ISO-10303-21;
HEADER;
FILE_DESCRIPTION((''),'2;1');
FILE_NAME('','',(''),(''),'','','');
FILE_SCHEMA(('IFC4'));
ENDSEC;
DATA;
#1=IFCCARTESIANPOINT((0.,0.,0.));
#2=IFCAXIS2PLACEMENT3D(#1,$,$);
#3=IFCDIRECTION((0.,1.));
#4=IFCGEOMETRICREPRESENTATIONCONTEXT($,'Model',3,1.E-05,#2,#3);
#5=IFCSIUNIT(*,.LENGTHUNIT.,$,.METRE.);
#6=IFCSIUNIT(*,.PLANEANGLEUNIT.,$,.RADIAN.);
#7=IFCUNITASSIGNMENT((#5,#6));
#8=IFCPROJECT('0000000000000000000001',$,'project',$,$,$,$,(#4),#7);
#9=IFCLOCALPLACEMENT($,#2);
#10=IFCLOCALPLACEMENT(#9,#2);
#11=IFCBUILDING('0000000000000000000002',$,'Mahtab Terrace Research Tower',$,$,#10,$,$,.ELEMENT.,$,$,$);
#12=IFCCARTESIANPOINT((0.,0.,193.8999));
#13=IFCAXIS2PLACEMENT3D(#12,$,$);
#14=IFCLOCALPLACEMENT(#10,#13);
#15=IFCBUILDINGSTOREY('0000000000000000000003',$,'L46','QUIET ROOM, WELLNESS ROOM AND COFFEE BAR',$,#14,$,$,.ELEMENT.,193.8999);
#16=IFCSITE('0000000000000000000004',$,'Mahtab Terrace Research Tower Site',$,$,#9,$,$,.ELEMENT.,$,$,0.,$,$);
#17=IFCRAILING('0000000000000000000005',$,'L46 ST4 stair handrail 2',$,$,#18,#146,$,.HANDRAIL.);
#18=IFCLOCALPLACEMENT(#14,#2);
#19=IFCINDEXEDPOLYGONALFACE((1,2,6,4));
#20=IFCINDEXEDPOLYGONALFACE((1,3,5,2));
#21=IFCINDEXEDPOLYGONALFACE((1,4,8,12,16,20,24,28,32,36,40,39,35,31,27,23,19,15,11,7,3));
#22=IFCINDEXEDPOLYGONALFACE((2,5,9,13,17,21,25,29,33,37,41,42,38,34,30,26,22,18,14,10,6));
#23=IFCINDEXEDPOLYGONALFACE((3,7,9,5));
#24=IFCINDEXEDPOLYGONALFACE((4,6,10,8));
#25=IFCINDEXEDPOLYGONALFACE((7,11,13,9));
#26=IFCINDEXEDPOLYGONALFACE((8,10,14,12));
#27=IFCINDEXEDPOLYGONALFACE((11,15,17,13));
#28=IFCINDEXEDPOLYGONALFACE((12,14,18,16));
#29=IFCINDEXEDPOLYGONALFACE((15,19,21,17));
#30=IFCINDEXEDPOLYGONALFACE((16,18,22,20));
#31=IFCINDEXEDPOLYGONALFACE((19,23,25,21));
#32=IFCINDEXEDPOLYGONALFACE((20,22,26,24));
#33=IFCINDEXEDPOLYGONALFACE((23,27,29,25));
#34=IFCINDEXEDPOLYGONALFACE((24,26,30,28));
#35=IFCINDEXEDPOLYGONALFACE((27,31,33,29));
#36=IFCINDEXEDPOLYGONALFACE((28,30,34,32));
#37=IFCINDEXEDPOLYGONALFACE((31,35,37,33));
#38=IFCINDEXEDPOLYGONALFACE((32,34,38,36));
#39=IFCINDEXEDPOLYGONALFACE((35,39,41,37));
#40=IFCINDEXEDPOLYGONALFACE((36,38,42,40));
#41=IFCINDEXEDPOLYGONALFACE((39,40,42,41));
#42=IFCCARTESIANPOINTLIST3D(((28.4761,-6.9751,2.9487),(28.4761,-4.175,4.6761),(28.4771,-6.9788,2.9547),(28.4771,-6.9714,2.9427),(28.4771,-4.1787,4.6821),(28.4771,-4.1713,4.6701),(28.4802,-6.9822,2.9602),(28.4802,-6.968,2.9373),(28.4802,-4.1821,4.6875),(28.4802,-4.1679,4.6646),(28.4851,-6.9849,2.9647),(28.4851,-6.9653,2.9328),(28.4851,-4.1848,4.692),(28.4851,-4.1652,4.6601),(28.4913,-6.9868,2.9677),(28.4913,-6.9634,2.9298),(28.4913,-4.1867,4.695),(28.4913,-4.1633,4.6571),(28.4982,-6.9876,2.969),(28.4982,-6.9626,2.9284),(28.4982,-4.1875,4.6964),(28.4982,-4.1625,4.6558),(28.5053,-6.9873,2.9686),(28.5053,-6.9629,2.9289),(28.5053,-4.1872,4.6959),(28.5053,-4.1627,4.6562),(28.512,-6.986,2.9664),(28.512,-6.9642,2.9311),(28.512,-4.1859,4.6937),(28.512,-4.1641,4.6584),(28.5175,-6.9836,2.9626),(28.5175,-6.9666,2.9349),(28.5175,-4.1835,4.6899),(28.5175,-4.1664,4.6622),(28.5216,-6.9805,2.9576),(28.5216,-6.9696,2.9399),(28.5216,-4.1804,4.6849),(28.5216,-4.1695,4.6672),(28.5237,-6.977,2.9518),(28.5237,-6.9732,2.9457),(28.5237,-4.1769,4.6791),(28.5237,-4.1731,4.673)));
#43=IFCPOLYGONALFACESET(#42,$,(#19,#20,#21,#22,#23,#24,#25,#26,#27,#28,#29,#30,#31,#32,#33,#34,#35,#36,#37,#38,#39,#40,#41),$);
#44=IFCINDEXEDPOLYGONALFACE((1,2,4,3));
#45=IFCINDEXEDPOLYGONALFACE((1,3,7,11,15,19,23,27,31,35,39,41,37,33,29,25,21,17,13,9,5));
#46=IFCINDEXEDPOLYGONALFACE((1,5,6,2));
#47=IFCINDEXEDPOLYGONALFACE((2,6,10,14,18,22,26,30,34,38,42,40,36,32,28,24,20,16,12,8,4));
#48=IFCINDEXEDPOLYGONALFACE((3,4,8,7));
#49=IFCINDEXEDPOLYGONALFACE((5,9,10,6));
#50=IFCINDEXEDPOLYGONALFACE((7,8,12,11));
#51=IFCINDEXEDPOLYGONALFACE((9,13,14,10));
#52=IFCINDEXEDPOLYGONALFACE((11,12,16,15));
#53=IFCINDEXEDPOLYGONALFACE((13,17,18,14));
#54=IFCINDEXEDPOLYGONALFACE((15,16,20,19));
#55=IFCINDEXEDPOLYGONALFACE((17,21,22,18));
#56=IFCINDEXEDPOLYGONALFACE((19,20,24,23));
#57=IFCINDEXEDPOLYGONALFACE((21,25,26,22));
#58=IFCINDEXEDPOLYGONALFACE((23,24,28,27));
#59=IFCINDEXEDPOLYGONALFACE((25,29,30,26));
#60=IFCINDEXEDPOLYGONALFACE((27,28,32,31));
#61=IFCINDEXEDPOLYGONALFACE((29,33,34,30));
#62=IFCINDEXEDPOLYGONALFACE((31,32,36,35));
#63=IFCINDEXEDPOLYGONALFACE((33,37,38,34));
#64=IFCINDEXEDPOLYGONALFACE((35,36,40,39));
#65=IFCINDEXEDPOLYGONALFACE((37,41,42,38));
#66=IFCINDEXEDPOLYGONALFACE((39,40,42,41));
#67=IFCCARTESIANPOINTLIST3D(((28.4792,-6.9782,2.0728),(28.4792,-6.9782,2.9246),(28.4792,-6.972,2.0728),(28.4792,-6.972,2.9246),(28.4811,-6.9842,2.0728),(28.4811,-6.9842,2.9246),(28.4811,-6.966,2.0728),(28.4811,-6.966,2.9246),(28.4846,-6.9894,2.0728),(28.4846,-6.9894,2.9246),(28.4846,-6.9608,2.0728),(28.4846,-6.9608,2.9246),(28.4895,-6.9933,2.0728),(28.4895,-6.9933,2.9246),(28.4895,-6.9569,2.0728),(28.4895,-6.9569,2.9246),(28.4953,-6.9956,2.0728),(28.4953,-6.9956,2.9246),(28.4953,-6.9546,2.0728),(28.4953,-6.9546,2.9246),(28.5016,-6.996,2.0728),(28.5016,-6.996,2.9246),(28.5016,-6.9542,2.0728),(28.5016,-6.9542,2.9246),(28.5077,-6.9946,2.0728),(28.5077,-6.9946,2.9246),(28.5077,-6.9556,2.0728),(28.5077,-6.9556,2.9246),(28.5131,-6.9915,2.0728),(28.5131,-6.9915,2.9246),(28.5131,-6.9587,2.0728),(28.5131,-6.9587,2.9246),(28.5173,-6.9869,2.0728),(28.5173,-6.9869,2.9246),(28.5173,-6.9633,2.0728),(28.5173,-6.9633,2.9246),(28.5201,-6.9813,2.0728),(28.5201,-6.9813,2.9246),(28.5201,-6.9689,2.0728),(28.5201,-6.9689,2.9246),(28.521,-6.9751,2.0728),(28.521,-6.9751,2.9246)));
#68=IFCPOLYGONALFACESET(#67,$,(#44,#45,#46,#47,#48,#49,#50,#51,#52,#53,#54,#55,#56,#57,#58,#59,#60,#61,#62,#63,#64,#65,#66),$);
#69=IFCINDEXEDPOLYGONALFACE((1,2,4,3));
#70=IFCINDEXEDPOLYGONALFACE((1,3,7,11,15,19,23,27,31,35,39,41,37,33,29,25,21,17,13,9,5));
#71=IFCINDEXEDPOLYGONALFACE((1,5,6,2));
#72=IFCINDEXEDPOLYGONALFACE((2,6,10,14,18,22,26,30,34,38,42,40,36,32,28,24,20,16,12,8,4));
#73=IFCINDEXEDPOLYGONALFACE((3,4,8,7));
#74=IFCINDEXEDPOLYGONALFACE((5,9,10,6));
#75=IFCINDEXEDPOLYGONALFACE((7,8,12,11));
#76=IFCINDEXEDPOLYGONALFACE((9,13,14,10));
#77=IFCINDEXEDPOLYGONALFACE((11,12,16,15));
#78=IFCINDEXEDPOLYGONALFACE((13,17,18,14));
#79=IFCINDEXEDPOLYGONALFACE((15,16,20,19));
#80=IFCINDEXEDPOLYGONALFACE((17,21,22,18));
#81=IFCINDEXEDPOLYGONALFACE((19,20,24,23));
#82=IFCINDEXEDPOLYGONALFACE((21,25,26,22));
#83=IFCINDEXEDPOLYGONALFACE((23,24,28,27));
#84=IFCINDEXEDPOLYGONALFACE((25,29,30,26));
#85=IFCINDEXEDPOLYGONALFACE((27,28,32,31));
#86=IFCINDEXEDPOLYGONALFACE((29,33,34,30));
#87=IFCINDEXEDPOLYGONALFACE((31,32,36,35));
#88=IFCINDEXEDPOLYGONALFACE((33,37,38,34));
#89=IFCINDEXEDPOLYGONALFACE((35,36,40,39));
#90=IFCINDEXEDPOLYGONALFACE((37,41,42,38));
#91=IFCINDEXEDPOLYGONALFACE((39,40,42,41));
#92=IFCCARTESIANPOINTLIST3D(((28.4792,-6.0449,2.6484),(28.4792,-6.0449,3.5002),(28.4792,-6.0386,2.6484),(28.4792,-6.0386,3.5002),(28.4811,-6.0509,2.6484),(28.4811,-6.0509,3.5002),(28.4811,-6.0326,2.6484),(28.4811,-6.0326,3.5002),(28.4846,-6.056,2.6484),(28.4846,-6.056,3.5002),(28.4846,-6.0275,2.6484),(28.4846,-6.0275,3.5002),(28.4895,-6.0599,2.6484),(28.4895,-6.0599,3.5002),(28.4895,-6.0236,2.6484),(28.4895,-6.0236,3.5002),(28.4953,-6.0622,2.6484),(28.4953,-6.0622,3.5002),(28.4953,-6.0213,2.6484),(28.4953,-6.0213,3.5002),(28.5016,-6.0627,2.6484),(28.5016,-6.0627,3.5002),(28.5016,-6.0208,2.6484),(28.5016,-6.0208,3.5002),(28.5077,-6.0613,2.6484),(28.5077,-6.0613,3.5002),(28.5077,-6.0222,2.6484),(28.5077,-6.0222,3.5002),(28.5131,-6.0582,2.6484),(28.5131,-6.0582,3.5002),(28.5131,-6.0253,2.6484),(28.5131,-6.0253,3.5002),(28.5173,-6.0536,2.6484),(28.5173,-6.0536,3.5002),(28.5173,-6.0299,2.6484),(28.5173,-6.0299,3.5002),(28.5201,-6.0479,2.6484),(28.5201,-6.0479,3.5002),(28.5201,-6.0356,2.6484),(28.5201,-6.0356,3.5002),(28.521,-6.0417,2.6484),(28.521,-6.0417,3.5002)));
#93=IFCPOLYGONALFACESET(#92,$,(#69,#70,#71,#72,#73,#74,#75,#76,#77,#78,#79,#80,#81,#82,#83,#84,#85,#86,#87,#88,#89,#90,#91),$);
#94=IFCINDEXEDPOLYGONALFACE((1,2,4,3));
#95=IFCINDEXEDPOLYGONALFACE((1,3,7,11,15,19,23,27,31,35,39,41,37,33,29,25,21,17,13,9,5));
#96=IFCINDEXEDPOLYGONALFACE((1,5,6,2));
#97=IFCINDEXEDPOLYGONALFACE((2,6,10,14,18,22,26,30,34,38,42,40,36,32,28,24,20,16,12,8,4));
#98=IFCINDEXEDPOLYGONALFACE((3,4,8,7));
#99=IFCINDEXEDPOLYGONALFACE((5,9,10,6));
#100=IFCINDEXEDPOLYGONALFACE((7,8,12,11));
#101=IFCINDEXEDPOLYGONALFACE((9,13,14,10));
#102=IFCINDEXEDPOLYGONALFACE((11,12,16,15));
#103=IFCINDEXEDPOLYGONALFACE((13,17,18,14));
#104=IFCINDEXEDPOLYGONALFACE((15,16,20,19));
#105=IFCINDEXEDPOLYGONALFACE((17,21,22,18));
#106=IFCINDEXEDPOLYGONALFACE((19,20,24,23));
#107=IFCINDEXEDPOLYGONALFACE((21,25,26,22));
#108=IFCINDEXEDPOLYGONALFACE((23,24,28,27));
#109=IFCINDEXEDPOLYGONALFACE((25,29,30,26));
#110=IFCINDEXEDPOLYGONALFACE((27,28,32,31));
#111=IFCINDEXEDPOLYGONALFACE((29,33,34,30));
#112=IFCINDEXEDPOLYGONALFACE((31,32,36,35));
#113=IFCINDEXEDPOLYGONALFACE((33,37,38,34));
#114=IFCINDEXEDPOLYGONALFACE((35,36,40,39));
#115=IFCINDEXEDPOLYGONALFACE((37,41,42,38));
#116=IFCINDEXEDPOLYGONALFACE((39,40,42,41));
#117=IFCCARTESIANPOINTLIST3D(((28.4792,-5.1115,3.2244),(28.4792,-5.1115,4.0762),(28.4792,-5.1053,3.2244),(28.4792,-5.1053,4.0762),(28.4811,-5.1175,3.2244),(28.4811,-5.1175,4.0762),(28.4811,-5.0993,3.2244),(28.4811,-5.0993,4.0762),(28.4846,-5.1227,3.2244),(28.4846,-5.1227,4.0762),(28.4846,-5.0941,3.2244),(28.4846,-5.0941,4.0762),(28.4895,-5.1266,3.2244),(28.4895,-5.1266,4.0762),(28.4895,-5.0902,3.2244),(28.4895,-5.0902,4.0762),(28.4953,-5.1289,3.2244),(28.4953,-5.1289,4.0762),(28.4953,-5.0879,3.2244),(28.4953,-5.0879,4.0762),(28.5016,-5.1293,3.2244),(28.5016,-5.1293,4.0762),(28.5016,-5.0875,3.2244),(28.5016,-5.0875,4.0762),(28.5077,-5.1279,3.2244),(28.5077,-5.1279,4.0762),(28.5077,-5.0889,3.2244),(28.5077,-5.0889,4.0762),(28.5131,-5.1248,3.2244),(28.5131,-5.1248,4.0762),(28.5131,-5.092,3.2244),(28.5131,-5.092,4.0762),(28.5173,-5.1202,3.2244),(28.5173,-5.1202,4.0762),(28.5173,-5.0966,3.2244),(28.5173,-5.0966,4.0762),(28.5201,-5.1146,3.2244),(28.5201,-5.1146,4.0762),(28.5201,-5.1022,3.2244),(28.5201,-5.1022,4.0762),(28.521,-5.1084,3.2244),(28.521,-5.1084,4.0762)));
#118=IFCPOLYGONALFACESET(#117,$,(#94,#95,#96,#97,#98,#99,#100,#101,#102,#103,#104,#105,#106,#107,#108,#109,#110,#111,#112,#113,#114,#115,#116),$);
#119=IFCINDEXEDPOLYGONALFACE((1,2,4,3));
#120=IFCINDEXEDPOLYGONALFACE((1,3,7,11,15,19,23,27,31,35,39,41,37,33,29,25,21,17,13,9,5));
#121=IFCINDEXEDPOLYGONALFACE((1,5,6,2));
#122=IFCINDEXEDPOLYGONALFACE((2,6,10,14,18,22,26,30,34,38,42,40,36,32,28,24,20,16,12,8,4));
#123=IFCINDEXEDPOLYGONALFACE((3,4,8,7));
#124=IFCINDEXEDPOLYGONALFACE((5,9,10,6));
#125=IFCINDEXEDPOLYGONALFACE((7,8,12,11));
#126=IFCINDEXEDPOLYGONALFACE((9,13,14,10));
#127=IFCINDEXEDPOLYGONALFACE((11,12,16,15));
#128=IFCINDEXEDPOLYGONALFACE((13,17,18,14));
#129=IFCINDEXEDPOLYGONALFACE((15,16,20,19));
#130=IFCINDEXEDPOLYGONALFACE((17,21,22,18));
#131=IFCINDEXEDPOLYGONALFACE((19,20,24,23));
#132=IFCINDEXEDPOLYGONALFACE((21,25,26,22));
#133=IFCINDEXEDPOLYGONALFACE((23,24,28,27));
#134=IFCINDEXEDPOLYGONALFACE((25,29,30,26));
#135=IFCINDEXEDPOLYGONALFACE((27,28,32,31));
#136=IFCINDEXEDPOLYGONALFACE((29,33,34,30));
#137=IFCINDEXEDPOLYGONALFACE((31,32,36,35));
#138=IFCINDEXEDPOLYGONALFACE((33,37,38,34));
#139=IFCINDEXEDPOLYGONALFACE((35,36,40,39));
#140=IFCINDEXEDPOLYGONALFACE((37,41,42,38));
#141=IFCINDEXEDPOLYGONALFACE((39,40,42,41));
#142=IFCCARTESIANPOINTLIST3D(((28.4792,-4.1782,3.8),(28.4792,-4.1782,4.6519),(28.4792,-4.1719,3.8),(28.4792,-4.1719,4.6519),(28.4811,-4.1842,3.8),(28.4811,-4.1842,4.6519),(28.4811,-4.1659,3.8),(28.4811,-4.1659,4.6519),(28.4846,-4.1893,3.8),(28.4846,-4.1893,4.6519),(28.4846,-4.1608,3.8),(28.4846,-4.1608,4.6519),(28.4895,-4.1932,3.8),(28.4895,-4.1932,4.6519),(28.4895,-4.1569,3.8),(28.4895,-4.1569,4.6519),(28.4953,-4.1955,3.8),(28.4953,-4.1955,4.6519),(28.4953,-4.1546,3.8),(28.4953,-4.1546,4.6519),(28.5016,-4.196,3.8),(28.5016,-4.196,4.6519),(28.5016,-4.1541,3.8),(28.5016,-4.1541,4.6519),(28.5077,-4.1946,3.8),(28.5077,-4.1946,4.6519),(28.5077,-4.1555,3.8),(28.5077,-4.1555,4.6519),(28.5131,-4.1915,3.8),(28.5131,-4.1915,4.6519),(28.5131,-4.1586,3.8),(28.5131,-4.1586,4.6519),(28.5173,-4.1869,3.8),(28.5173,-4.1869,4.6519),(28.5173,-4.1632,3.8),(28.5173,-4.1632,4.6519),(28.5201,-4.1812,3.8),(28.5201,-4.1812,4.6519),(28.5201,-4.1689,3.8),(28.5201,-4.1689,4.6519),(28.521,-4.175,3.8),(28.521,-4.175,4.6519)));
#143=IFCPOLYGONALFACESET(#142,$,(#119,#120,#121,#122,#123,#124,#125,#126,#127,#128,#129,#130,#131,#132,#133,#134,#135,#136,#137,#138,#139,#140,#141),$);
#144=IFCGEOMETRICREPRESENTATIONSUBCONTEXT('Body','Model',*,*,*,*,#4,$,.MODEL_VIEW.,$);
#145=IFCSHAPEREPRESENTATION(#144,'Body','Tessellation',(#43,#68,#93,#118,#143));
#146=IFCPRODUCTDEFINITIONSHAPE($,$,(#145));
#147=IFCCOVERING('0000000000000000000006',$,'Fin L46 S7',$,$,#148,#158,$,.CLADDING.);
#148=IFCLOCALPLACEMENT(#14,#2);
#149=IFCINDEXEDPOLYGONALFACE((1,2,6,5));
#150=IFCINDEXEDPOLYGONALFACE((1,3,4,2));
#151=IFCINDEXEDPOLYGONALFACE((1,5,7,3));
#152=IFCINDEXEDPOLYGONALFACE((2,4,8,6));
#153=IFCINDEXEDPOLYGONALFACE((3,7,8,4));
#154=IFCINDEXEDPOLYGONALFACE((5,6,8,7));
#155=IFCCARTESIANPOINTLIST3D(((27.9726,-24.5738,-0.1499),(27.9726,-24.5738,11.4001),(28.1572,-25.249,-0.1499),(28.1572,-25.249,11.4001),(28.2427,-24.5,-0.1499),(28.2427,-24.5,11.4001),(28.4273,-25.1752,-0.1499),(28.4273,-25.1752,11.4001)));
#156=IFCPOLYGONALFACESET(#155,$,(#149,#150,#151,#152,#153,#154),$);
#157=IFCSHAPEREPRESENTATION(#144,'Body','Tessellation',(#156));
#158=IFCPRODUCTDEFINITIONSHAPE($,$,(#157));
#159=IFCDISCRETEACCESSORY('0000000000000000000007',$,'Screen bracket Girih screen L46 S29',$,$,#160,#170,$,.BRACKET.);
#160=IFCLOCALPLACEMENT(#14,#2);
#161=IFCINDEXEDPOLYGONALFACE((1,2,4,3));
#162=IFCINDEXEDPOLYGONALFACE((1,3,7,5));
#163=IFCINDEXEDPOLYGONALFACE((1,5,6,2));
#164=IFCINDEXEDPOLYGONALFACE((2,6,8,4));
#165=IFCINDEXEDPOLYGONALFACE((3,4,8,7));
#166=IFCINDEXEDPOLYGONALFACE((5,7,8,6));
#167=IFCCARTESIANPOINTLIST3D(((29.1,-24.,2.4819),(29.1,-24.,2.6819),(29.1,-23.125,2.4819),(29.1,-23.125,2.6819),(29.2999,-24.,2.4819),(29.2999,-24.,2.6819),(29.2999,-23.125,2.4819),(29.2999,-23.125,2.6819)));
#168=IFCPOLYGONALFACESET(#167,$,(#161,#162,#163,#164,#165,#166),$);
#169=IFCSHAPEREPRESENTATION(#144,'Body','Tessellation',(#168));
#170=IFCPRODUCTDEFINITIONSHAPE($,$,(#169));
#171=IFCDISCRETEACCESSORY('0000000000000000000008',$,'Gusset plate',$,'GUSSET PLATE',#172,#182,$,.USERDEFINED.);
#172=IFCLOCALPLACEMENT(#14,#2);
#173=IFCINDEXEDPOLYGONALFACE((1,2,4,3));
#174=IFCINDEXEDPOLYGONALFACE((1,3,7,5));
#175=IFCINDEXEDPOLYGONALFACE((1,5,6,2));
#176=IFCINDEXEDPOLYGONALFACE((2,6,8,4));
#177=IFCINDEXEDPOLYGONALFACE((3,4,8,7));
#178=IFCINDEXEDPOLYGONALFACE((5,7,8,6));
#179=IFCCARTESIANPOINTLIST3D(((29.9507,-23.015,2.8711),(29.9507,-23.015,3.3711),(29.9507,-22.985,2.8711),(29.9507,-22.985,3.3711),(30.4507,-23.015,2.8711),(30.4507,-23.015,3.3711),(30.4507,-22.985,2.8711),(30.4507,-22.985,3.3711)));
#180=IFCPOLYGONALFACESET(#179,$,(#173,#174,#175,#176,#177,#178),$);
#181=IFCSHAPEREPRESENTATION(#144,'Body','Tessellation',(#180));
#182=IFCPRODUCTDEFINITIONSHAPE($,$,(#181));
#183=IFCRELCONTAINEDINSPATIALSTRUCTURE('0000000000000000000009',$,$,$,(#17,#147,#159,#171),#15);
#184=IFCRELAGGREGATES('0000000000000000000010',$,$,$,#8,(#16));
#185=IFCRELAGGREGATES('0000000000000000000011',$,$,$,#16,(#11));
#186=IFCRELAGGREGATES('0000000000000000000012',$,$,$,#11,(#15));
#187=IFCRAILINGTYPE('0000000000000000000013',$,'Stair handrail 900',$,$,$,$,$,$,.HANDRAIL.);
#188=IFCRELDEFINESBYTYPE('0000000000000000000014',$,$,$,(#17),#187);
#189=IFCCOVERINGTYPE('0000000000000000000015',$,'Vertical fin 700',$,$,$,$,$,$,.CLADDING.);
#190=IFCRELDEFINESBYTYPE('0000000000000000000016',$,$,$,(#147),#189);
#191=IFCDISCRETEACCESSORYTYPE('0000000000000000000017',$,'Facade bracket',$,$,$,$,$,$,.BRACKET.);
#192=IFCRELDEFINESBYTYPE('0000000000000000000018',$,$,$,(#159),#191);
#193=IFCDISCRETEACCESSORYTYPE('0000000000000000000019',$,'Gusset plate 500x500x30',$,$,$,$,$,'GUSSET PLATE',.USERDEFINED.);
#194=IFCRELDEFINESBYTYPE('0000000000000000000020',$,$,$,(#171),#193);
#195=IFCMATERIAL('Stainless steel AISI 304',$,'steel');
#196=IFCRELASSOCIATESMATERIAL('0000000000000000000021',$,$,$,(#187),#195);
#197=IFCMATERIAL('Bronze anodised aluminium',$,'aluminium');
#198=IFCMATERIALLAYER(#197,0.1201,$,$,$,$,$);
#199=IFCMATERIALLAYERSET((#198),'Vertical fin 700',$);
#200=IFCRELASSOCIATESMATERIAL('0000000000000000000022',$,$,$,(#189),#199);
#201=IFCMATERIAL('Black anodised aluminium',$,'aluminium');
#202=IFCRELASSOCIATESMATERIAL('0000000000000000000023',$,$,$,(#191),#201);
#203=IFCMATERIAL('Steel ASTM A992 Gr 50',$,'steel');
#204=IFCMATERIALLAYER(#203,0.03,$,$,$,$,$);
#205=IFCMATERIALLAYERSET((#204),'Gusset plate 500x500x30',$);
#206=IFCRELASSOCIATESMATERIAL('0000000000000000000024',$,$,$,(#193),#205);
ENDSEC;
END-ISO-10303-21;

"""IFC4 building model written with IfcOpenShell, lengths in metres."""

from ifc_helpers import new_model, si_unit, direction, frame, origin, origin_2d, place, context, subcontext, project, spatial, rectangle, circle, extrude, material, layer, layer_set, type_object, element, save


model = new_model("IFC4")

# Units and contexts
model_context = context("Model", 3, precision=1e-05, world=origin(), true_north=direction((0.0, 1.0)))
body_context = subcontext(model_context, "Body", "Model", "MODEL_VIEW")
ifc_project = project(units=[si_unit("LENGTHUNIT", "METRE"), si_unit("PLANEANGLEUNIT", "RADIAN")], contexts=[model_context])

# Site, building, storey
site_placement = place(None, origin())
site = spatial("IfcSite", under=ifc_project, at=site_placement, Name="Mahtab Terrace Research Tower Site", CompositionType="ELEMENT", RefElevation=0.0)
building_placement = place(site_placement, origin())
building = spatial("IfcBuilding", under=site, at=building_placement, Name="Mahtab Terrace Research Tower", CompositionType="ELEMENT")
storey_placement = place(building_placement, frame((0.0, 0.0, 193.8999)))
storey = spatial("IfcBuildingStorey", under=building, at=storey_placement, Name="L46", Description="QUIET ROOM, WELLNESS ROOM AND COFFEE BAR", CompositionType="ELEMENT", Elevation=193.8999)

# Shared definitions
ifc_material_1 = material(Name="Steel ASTM A992 Gr 50", Category="steel")

# Railing
ifc_material_2 = material(Name="Stainless steel AISI 304", Category="steel")
railing_type_1 = type_object("IfcRailingType", Name="Stair handrail 900", PredefinedType="HANDRAIL", material=ifc_material_2)
railing_1_placement = place(storey_placement, frame((28.5, -6.9751, 2.0728)))
element("IfcRailing", 1, at=railing_1_placement, inside=storey, type_object=railing_type_1, Name="L46 ST4 stair handrail 2", PredefinedType="HANDRAIL", context=body_context, shape_type="SweptSolid", body=[
    extrude(circle(Radius=0.0239, at=origin_2d()), frame((0.0, 0.0, 0.876), z_axis=(0.0, 0.85109, 0.52502), x_axis=(-1.0, 0.0, 0.0)), (0.0, 0.0, 1.0), 3.29),
    extrude(circle(Radius=0.021, at=origin_2d()), origin(), (0.0, 0.0, 1.0), 0.8518),
    extrude(circle(Radius=0.021, at=origin_2d()), frame((0.0, 0.9333, 0.5757)), (0.0, 0.0, 1.0), 0.8518),
    extrude(circle(Radius=0.021, at=origin_2d()), frame((0.0, 1.8667, 1.1516)), (0.0, 0.0, 1.0), 0.8518),
    extrude(circle(Radius=0.021, at=origin_2d()), frame((0.0, 2.8, 1.7273)), (0.0, 0.0, 1.0), 0.8518),
])

# Covering
ifc_material_3 = material(Name="Bronze anodised aluminium", Category="aluminium")
ifc_layer_1 = layer(ifc_material_3, 0.1201)
ifc_layer_set_1 = layer_set([ifc_layer_1], Name="Vertical fin 700")
covering_type = type_object("IfcCoveringType", Name="Vertical fin 700", PredefinedType="CLADDING", material=ifc_layer_set_1)
covering_placement = place(storey_placement, frame((28.2, -24.8745, -0.1499), z_axis=(0.0, 0.0, 1.0), x_axis=(0.964623, 0.263633, 0.0)))
element("IfcCovering", 2, at=covering_placement, inside=storey, type_object=covering_type, Name="Fin L46 S7", PredefinedType="CLADDING", context=body_context, shape_type="SweptSolid", body=[
    extrude(rectangle(XDim=0.28, YDim=0.7, at=origin_2d()), origin(), (0.0, 0.0, 1.0), 11.55),
])

# Discrete accessories
ifc_material_4 = material(Name="Black anodised aluminium", Category="aluminium")
discrete_accessory_type_1 = type_object("IfcDiscreteAccessoryType", Name="Facade bracket", PredefinedType="BRACKET", material=ifc_material_4)
discrete_accessory_1_placement = place(storey_placement, frame((29.2, -23.5625, 2.4819), z_axis=(0.0, 0.0, 1.0), x_axis=(1.0, 0.0, 0.0)))
element("IfcDiscreteAccessory", 3, at=discrete_accessory_1_placement, inside=storey, type_object=discrete_accessory_type_1, Name="Screen bracket Girih screen L46 S29", PredefinedType="BRACKET", context=body_context, shape_type="SweptSolid", body=[
    extrude(rectangle(XDim=0.2, YDim=0.875, at=origin_2d()), origin(), (0.0, 0.0, 1.0), 0.2),
])
ifc_layer_2 = layer(ifc_material_1, 0.03)
ifc_layer_set_2 = layer_set([ifc_layer_2], Name="Gusset plate 500x500x30")
discrete_accessory_type_2 = type_object("IfcDiscreteAccessoryType", Name="Gusset plate 500x500x30", ElementType="GUSSET PLATE", PredefinedType="USERDEFINED", material=ifc_layer_set_2)
discrete_accessory_2_placement = place(storey_placement, frame((30.2007, -23.0, 2.8711), z_axis=(0.0, 0.0, 1.0), x_axis=(1.0, 0.0, 0.0)))
element("IfcDiscreteAccessory", 4, at=discrete_accessory_2_placement, inside=storey, type_object=discrete_accessory_type_2, Name="Gusset plate", ObjectType="GUSSET PLATE", PredefinedType="USERDEFINED", context=body_context, shape_type="SweptSolid", body=[
    extrude(rectangle(XDim=0.5, YDim=0.03, at=origin_2d()), origin(), (0.0, 0.0, 1.0), 0.5),
])

save(model, "model.ifc")
